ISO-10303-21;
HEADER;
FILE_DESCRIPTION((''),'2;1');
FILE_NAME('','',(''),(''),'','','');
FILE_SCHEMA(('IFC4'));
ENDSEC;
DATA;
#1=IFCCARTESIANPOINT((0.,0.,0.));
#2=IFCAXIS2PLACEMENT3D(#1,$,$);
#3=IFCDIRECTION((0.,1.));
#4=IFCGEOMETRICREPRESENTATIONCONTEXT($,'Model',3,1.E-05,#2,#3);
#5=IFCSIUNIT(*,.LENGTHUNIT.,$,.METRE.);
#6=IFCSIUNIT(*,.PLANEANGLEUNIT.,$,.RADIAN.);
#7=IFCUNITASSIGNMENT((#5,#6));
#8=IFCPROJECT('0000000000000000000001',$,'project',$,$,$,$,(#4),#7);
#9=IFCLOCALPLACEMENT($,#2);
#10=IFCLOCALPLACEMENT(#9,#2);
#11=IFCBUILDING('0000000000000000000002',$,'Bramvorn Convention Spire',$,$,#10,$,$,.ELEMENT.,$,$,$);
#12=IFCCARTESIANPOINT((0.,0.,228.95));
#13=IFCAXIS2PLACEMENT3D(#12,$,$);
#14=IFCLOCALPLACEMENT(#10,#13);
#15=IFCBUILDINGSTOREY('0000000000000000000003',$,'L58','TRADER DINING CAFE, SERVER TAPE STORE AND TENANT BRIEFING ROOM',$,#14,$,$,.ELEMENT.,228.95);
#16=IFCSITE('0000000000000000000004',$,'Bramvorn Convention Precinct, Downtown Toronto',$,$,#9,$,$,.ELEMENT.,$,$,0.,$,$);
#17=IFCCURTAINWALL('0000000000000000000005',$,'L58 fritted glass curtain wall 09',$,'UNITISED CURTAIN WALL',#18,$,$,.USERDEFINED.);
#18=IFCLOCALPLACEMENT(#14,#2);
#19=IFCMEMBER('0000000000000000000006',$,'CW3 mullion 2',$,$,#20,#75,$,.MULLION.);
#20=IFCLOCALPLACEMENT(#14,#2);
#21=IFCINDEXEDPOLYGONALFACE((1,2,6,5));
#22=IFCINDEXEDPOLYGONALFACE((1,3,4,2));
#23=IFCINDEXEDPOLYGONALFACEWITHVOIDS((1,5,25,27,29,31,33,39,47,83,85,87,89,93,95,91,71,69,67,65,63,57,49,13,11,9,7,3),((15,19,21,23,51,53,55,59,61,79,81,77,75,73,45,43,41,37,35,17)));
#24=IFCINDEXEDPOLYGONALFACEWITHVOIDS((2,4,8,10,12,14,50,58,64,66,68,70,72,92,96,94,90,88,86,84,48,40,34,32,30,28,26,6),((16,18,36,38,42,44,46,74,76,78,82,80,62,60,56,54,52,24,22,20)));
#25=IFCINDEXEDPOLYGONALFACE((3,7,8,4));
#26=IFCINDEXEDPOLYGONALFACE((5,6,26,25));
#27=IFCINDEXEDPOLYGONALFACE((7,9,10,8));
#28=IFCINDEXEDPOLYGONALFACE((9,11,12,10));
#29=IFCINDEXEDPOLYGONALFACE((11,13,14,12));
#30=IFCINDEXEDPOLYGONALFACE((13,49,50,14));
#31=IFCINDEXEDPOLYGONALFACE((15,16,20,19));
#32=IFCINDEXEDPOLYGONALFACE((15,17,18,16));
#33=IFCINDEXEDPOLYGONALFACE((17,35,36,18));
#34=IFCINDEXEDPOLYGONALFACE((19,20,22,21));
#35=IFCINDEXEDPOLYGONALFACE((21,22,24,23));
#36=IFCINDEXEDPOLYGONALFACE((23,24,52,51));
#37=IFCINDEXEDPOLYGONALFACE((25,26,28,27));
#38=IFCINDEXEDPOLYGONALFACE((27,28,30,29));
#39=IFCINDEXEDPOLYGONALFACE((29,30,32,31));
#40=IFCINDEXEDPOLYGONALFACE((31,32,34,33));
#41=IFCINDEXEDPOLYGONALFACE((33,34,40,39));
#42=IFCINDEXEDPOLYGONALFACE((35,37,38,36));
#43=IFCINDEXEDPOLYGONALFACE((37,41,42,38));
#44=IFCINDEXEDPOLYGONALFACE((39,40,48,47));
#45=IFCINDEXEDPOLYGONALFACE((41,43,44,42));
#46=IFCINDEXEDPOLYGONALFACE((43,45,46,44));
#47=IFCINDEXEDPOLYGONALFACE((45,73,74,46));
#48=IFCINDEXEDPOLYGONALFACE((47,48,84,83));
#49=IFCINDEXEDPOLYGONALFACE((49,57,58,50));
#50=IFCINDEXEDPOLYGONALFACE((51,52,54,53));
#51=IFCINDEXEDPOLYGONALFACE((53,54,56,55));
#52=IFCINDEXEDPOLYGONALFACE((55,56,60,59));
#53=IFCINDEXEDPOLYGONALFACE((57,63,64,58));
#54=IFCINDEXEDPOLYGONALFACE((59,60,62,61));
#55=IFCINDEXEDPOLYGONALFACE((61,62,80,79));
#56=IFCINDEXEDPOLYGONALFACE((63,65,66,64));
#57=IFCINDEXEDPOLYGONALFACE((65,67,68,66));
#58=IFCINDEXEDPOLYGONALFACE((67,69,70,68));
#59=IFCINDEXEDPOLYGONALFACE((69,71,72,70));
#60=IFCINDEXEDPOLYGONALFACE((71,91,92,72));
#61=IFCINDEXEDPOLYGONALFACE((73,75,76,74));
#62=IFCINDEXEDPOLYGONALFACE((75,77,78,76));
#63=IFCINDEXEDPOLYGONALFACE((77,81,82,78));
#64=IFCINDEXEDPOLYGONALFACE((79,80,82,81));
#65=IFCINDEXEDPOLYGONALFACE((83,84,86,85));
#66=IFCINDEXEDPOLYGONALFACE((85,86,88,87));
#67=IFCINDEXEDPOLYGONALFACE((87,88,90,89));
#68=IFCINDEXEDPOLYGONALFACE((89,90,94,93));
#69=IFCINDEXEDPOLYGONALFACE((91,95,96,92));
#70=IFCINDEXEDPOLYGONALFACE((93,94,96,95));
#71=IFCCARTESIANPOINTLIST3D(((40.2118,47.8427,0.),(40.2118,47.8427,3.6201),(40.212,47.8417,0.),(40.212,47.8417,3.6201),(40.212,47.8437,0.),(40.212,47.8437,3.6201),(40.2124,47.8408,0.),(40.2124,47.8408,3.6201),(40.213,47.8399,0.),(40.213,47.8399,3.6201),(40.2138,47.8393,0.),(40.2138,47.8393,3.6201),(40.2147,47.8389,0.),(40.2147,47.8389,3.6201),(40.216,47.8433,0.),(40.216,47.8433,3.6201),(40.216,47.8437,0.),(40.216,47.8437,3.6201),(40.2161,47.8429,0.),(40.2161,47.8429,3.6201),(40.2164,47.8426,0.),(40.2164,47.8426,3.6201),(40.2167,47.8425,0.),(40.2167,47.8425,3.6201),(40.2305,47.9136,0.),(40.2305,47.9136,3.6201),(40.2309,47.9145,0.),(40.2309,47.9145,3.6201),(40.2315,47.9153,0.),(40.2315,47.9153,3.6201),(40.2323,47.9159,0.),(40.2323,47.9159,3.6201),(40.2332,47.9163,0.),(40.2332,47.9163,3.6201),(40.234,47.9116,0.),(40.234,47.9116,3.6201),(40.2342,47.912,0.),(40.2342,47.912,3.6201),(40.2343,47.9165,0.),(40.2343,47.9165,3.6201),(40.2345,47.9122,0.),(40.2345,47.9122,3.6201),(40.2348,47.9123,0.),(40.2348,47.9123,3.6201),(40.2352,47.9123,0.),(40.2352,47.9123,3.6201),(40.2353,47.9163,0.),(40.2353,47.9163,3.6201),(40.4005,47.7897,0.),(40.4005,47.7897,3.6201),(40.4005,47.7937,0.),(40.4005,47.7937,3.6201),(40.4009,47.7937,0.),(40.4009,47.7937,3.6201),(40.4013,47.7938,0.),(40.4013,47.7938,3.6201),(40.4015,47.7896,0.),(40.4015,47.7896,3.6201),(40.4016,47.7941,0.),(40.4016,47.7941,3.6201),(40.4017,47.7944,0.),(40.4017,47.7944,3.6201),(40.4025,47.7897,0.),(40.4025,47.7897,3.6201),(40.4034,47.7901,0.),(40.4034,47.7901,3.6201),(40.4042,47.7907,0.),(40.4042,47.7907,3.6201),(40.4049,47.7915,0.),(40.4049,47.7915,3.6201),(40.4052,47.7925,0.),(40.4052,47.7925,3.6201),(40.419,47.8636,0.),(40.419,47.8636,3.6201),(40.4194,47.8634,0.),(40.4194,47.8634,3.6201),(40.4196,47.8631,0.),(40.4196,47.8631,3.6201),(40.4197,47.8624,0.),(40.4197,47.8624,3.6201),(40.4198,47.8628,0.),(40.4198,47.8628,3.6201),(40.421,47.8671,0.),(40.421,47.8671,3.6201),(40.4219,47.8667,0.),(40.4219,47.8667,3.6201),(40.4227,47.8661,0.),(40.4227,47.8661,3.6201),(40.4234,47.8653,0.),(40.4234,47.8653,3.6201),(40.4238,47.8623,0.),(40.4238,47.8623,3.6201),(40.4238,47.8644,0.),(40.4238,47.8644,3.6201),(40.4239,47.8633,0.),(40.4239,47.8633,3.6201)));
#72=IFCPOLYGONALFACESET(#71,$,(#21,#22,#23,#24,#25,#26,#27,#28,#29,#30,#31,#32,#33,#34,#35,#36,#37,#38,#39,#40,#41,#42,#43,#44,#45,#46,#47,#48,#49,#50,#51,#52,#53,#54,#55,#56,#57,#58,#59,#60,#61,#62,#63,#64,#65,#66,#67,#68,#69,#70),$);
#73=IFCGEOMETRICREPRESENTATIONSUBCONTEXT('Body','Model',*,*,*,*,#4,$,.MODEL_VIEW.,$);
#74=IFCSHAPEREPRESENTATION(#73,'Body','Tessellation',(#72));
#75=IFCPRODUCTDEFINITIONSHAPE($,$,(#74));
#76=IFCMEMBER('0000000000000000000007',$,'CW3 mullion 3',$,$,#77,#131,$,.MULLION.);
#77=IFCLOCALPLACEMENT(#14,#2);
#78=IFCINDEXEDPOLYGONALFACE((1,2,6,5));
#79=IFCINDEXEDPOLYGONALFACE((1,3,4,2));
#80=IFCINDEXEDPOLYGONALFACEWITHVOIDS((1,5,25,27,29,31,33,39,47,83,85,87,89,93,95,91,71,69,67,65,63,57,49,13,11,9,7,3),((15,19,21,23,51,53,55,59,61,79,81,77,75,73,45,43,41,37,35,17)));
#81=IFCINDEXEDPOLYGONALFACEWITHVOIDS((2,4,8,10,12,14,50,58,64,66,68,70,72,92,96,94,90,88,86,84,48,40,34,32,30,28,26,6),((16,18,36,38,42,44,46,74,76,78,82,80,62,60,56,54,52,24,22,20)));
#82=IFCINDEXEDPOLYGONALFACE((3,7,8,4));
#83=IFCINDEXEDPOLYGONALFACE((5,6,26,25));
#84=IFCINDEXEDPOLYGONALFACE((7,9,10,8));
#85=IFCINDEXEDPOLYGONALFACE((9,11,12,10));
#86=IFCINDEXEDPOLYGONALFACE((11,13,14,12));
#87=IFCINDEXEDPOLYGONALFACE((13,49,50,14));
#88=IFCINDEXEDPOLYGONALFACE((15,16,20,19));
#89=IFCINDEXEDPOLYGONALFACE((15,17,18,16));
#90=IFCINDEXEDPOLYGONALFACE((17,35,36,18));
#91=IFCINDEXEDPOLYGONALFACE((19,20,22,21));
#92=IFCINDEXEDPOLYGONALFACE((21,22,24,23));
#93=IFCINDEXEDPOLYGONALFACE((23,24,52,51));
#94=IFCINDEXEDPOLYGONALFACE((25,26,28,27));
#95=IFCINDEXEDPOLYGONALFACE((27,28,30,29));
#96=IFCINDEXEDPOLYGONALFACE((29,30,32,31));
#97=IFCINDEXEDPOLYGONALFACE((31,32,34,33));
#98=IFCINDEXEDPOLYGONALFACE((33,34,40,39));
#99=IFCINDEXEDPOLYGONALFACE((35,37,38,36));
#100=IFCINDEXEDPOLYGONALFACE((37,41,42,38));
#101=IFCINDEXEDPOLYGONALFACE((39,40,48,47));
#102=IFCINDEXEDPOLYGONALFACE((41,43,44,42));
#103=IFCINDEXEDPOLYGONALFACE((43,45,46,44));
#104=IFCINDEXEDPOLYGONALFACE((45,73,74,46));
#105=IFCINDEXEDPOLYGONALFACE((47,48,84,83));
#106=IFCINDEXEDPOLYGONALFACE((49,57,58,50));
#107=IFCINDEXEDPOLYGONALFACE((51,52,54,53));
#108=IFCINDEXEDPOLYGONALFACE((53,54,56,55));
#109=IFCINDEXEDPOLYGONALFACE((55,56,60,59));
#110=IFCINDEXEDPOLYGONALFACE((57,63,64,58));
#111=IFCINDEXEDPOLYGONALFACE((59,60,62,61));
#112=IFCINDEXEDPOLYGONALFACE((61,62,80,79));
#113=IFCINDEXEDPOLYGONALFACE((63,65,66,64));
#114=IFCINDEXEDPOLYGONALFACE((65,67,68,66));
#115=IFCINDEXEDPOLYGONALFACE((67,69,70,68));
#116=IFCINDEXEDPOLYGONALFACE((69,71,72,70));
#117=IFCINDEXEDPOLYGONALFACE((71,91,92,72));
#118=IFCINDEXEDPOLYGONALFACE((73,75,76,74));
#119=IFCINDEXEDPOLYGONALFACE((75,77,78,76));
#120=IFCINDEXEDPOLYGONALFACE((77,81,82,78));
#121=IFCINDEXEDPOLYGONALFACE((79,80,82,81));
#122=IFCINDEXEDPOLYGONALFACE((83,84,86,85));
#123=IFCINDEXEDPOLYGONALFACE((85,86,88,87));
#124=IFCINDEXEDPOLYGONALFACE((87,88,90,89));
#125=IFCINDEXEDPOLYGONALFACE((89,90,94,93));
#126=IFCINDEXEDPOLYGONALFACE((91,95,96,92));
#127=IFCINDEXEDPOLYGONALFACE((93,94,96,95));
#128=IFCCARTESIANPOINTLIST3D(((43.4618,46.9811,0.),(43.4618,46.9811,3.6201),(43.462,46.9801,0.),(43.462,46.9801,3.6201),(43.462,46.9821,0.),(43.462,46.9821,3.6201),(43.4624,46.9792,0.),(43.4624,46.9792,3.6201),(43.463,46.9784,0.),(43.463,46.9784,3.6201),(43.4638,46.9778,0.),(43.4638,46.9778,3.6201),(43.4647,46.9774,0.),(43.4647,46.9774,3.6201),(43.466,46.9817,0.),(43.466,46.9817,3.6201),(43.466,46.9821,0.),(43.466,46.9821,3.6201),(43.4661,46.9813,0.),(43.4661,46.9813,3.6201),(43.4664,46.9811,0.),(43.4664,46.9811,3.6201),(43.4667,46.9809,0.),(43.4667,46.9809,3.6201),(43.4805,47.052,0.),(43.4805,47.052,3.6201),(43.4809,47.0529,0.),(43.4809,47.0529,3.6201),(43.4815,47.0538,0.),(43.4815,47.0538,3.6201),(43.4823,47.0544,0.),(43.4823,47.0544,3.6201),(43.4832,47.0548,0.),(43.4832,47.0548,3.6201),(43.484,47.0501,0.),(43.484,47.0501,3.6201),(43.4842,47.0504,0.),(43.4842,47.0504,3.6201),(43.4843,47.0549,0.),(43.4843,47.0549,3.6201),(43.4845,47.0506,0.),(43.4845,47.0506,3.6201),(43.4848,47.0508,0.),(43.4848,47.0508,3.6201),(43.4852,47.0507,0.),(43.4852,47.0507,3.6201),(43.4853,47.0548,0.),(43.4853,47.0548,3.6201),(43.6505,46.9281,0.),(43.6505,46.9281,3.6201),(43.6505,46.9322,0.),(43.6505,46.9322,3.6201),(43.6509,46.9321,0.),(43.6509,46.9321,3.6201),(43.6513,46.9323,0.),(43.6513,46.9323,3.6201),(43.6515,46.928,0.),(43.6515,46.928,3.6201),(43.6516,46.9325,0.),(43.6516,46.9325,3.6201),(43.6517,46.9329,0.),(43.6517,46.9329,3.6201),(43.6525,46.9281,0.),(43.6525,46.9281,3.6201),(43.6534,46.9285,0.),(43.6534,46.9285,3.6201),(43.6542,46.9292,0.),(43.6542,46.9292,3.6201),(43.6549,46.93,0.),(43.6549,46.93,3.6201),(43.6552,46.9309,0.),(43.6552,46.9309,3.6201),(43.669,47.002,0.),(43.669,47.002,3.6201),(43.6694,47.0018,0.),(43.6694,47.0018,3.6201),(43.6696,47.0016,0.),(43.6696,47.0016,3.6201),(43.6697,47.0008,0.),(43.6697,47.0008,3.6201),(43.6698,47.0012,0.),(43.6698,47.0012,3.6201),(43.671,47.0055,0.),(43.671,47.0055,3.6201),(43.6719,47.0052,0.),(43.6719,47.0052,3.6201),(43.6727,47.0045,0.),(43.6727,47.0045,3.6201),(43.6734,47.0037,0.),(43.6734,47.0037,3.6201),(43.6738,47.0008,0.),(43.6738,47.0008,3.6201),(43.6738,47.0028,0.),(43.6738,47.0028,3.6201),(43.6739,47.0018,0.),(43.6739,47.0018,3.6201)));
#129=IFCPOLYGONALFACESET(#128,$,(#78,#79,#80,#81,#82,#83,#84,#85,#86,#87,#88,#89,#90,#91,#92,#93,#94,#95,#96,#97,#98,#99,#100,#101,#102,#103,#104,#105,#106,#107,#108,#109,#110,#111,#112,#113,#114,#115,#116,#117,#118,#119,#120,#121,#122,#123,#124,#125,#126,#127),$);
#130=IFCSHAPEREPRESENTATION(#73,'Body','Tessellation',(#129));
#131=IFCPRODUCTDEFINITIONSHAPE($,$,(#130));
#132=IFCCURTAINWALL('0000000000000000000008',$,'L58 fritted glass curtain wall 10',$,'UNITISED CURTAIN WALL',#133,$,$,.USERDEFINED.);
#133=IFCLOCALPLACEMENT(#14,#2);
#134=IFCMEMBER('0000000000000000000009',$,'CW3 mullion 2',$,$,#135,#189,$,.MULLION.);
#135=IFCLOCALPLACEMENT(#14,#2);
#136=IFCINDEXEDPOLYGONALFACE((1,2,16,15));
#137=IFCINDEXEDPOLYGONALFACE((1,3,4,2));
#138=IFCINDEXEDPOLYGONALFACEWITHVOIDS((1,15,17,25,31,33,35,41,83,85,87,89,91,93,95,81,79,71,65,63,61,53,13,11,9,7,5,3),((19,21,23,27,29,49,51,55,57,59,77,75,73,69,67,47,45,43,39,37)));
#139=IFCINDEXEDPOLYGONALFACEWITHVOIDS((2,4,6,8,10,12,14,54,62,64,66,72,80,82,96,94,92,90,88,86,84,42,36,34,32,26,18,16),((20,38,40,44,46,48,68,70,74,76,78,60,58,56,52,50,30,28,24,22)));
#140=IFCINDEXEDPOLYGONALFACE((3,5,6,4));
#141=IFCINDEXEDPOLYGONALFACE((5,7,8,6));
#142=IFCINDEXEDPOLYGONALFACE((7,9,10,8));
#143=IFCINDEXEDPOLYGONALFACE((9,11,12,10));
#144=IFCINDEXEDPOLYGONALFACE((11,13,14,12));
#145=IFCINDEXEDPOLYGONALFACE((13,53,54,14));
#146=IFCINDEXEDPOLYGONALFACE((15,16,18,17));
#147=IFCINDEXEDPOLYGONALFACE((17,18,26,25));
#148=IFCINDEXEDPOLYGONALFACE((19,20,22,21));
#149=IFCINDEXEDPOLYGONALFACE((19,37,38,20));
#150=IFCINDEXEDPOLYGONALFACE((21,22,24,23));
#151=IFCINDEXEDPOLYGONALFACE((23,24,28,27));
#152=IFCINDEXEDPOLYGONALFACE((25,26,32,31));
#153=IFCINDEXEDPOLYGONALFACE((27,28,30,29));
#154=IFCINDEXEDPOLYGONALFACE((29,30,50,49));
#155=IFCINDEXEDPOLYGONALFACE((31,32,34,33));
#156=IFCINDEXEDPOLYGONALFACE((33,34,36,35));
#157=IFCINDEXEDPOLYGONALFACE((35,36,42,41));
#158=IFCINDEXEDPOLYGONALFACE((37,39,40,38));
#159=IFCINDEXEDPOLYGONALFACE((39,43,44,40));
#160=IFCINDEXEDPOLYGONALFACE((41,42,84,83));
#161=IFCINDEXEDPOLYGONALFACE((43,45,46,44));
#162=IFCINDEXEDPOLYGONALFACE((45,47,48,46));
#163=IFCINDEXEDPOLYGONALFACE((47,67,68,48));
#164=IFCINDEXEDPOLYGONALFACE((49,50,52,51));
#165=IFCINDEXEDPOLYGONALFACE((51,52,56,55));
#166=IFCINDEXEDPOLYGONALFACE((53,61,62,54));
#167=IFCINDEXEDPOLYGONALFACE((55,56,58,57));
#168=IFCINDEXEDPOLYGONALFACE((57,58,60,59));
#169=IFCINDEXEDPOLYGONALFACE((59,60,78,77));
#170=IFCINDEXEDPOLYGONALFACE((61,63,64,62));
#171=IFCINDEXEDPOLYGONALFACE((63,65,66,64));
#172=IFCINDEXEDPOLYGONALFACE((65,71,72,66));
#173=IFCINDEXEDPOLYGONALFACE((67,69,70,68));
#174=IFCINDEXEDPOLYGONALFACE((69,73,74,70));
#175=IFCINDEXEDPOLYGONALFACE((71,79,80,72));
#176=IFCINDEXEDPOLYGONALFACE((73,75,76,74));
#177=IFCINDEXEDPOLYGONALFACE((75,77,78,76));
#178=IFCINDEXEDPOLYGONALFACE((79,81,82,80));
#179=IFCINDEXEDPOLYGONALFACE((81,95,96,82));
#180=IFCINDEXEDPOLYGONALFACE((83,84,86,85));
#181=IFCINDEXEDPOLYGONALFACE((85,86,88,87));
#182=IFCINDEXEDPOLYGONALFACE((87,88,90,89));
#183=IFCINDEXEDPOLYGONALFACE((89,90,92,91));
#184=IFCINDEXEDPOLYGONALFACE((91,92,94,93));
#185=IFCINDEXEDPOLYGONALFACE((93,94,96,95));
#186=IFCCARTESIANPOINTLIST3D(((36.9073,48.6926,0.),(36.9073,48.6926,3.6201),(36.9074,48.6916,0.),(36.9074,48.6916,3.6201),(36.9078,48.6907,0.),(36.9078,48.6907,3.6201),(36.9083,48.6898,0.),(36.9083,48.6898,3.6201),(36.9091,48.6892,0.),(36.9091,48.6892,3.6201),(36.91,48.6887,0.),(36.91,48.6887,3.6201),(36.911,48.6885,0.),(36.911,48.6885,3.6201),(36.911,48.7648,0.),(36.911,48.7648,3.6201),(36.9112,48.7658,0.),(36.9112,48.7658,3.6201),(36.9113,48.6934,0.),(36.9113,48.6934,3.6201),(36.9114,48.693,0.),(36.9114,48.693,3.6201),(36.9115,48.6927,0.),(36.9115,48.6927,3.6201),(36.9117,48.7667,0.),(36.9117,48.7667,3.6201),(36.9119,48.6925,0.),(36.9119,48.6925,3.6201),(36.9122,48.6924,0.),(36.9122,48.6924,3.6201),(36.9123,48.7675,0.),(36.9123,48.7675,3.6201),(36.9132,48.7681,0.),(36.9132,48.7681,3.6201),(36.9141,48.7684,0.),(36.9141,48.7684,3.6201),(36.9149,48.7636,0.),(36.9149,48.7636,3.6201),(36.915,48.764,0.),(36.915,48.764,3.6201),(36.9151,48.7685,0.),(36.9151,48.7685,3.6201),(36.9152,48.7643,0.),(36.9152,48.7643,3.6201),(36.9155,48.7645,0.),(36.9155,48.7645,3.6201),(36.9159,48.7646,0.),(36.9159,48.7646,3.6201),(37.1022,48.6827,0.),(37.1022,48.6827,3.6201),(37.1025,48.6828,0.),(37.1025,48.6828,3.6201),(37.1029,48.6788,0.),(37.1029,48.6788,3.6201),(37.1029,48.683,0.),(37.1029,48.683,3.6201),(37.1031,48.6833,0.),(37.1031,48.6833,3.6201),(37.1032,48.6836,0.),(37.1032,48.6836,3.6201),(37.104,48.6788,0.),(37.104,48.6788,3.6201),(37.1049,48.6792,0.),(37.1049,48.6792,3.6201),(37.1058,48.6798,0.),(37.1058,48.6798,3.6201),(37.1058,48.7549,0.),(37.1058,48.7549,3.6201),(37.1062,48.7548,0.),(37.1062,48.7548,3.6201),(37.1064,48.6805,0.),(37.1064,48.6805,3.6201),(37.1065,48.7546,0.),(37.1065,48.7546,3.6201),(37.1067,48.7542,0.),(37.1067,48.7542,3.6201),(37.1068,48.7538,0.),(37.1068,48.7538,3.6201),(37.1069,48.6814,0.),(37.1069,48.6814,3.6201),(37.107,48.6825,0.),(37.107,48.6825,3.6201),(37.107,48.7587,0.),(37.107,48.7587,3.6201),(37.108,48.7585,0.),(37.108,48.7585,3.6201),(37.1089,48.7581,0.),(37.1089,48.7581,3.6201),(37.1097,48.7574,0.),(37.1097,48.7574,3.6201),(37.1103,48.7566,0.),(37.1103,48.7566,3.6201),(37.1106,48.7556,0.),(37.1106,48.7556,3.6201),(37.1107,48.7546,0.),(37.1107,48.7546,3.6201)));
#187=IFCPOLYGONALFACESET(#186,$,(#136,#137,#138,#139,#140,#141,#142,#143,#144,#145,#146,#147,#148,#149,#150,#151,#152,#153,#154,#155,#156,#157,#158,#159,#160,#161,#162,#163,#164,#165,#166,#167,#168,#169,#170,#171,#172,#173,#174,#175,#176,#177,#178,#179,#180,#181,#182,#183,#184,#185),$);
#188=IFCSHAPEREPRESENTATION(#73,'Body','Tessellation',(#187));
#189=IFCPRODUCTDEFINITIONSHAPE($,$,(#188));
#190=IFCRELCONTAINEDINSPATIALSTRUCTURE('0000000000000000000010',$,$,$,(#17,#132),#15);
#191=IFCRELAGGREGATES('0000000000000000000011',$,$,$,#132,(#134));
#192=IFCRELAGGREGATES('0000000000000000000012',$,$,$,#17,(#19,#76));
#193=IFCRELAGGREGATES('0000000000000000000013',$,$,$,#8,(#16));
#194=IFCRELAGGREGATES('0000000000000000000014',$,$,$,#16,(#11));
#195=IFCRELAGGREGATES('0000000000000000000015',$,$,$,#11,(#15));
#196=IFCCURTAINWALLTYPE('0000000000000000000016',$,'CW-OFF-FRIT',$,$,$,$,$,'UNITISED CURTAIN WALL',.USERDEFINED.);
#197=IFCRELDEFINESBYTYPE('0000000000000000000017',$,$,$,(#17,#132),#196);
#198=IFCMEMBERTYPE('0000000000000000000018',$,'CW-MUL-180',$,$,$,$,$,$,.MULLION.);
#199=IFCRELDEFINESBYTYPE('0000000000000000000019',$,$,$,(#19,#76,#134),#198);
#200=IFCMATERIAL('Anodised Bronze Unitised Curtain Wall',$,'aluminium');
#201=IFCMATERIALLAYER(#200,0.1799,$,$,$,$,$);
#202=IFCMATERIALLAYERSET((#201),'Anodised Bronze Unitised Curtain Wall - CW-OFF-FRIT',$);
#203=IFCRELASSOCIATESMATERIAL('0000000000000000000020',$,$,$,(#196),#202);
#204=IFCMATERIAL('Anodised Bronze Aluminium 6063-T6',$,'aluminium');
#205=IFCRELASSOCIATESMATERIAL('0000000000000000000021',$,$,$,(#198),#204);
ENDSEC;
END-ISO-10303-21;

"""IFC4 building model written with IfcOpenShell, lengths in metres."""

from ifc_helpers import new_model, si_unit, direction, frame, origin, origin_2d, place, context, subcontext, project, spatial, hollow_rectangle, extrude, material, layer, layer_set, material_profile, profile_set, type_object, element, aggregate, save


model = new_model("IFC4")

# Units and contexts
model_context = context("Model", 3, precision=1e-05, world=origin(), true_north=direction((0.0, 1.0)))
body_context = subcontext(model_context, "Body", "Model", "MODEL_VIEW")
ifc_project = project(units=[si_unit("LENGTHUNIT", "METRE"), si_unit("PLANEANGLEUNIT", "RADIAN")], contexts=[model_context])

# Site, building, storey
site_placement = place(None, origin())
site = spatial("IfcSite", under=ifc_project, at=site_placement, Name="Bramvorn Convention Precinct, Downtown Toronto", CompositionType="ELEMENT", RefElevation=0.0)
building_placement = place(site_placement, origin())
building = spatial("IfcBuilding", under=site, at=building_placement, Name="Bramvorn Convention Spire", CompositionType="ELEMENT")
storey_placement = place(building_placement, frame((0.0, 0.0, 228.95)))
storey = spatial("IfcBuildingStorey", under=building, at=storey_placement, Name="L58", Description="TRADER DINING CAFE, SERVER TAPE STORE AND TENANT BRIEFING ROOM", CompositionType="ELEMENT", Elevation=228.95)

# Curtain wall, members
ifc_material_1 = material(Name="Anodised Bronze Unitised Curtain Wall", Category="aluminium")
ifc_layer_1 = layer(ifc_material_1, 0.1799)
ifc_layer_set_1 = layer_set([ifc_layer_1], Name="Anodised Bronze Unitised Curtain Wall - CW-OFF-FRIT")
curtain_wall_type = type_object("IfcCurtainWallType", Name="CW-OFF-FRIT", ElementType="UNITISED CURTAIN WALL", PredefinedType="USERDEFINED", material=ifc_layer_set_1)
curtain_wall_1_placement = place(storey_placement, origin())
curtain_wall_1 = element("IfcCurtainWall", 1, at=curtain_wall_1_placement, inside=storey, type_object=curtain_wall_type, Name="L58 fritted glass curtain wall 09", ObjectType="UNITISED CURTAIN WALL", PredefinedType="USERDEFINED")
ifc_material_2 = material(Name="Anodised Bronze Aluminium 6063-T6", Category="aluminium")
ifc_material_profile_1 = material_profile(ifc_material_2, hollow_rectangle(XDim=0.0801, YDim=0.2, WallThickness=0.0039, InnerFilletRadius=0.001, OuterFilletRadius=0.0039, at=origin_2d()))
ifc_profile_set_1 = profile_set([ifc_material_profile_1], Name="Anodised Bronze Aluminium 6063-T6 - CWM80X200")
member_type_1 = type_object("IfcMemberType", Name="CW-MUL-180", PredefinedType="MULLION", material=ifc_profile_set_1)
member_1_placement = place(storey_placement, frame((40.3179, 47.853, 0.0), z_axis=(0.0, 0.0, 1.0), x_axis=(0.256245, 0.966612, 0.0)))
member_1 = element("IfcMember", 2, at=member_1_placement, type_object=member_type_1, Name="CW3 mullion 2", PredefinedType="MULLION", context=body_context, shape_type="SweptSolid", body=[
    extrude(hollow_rectangle(XDim=0.0801, YDim=0.2, WallThickness=0.0039, InnerFilletRadius=0.001, OuterFilletRadius=0.0039, at=origin_2d()), origin(), (0.0, 0.0, 1.0), 3.6201),
])
member_2_placement = place(storey_placement, frame((43.5679, 46.9915, 0.0), z_axis=(0.0, 0.0, 1.0), x_axis=(0.256245, 0.966612, 0.0)))
member_2 = element("IfcMember", 3, at=member_2_placement, type_object=member_type_1, Name="CW3 mullion 3", PredefinedType="MULLION", context=body_context, shape_type="SweptSolid", body=[
    extrude(hollow_rectangle(XDim=0.0801, YDim=0.2, WallThickness=0.0039, InnerFilletRadius=0.001, OuterFilletRadius=0.0039, at=origin_2d()), origin(), (0.0, 0.0, 1.0), 3.6201),
])

# Curtain wall, member
curtain_wall_2_placement = place(storey_placement, origin())
curtain_wall_2 = element("IfcCurtainWall", 4, at=curtain_wall_2_placement, inside=storey, type_object=curtain_wall_type, Name="L58 fritted glass curtain wall 10", ObjectType="UNITISED CURTAIN WALL", PredefinedType="USERDEFINED")
member_3_placement = place(storey_placement, frame((37.009, 48.7236, 0.0), z_axis=(0.0, 0.0, 1.0), x_axis=(0.050961, 0.998701, 0.0)))
member_3 = element("IfcMember", 5, at=member_3_placement, type_object=member_type_1, Name="CW3 mullion 2", PredefinedType="MULLION", context=body_context, shape_type="SweptSolid", body=[
    extrude(hollow_rectangle(XDim=0.0801, YDim=0.2, WallThickness=0.0039, InnerFilletRadius=0.001, OuterFilletRadius=0.0039, at=origin_2d()), origin(), (0.0, 0.0, 1.0), 3.6201),
])
aggregate(curtain_wall_2, [member_3])

aggregate(curtain_wall_1, [member_1, member_2])

save(model, "model.ifc")
